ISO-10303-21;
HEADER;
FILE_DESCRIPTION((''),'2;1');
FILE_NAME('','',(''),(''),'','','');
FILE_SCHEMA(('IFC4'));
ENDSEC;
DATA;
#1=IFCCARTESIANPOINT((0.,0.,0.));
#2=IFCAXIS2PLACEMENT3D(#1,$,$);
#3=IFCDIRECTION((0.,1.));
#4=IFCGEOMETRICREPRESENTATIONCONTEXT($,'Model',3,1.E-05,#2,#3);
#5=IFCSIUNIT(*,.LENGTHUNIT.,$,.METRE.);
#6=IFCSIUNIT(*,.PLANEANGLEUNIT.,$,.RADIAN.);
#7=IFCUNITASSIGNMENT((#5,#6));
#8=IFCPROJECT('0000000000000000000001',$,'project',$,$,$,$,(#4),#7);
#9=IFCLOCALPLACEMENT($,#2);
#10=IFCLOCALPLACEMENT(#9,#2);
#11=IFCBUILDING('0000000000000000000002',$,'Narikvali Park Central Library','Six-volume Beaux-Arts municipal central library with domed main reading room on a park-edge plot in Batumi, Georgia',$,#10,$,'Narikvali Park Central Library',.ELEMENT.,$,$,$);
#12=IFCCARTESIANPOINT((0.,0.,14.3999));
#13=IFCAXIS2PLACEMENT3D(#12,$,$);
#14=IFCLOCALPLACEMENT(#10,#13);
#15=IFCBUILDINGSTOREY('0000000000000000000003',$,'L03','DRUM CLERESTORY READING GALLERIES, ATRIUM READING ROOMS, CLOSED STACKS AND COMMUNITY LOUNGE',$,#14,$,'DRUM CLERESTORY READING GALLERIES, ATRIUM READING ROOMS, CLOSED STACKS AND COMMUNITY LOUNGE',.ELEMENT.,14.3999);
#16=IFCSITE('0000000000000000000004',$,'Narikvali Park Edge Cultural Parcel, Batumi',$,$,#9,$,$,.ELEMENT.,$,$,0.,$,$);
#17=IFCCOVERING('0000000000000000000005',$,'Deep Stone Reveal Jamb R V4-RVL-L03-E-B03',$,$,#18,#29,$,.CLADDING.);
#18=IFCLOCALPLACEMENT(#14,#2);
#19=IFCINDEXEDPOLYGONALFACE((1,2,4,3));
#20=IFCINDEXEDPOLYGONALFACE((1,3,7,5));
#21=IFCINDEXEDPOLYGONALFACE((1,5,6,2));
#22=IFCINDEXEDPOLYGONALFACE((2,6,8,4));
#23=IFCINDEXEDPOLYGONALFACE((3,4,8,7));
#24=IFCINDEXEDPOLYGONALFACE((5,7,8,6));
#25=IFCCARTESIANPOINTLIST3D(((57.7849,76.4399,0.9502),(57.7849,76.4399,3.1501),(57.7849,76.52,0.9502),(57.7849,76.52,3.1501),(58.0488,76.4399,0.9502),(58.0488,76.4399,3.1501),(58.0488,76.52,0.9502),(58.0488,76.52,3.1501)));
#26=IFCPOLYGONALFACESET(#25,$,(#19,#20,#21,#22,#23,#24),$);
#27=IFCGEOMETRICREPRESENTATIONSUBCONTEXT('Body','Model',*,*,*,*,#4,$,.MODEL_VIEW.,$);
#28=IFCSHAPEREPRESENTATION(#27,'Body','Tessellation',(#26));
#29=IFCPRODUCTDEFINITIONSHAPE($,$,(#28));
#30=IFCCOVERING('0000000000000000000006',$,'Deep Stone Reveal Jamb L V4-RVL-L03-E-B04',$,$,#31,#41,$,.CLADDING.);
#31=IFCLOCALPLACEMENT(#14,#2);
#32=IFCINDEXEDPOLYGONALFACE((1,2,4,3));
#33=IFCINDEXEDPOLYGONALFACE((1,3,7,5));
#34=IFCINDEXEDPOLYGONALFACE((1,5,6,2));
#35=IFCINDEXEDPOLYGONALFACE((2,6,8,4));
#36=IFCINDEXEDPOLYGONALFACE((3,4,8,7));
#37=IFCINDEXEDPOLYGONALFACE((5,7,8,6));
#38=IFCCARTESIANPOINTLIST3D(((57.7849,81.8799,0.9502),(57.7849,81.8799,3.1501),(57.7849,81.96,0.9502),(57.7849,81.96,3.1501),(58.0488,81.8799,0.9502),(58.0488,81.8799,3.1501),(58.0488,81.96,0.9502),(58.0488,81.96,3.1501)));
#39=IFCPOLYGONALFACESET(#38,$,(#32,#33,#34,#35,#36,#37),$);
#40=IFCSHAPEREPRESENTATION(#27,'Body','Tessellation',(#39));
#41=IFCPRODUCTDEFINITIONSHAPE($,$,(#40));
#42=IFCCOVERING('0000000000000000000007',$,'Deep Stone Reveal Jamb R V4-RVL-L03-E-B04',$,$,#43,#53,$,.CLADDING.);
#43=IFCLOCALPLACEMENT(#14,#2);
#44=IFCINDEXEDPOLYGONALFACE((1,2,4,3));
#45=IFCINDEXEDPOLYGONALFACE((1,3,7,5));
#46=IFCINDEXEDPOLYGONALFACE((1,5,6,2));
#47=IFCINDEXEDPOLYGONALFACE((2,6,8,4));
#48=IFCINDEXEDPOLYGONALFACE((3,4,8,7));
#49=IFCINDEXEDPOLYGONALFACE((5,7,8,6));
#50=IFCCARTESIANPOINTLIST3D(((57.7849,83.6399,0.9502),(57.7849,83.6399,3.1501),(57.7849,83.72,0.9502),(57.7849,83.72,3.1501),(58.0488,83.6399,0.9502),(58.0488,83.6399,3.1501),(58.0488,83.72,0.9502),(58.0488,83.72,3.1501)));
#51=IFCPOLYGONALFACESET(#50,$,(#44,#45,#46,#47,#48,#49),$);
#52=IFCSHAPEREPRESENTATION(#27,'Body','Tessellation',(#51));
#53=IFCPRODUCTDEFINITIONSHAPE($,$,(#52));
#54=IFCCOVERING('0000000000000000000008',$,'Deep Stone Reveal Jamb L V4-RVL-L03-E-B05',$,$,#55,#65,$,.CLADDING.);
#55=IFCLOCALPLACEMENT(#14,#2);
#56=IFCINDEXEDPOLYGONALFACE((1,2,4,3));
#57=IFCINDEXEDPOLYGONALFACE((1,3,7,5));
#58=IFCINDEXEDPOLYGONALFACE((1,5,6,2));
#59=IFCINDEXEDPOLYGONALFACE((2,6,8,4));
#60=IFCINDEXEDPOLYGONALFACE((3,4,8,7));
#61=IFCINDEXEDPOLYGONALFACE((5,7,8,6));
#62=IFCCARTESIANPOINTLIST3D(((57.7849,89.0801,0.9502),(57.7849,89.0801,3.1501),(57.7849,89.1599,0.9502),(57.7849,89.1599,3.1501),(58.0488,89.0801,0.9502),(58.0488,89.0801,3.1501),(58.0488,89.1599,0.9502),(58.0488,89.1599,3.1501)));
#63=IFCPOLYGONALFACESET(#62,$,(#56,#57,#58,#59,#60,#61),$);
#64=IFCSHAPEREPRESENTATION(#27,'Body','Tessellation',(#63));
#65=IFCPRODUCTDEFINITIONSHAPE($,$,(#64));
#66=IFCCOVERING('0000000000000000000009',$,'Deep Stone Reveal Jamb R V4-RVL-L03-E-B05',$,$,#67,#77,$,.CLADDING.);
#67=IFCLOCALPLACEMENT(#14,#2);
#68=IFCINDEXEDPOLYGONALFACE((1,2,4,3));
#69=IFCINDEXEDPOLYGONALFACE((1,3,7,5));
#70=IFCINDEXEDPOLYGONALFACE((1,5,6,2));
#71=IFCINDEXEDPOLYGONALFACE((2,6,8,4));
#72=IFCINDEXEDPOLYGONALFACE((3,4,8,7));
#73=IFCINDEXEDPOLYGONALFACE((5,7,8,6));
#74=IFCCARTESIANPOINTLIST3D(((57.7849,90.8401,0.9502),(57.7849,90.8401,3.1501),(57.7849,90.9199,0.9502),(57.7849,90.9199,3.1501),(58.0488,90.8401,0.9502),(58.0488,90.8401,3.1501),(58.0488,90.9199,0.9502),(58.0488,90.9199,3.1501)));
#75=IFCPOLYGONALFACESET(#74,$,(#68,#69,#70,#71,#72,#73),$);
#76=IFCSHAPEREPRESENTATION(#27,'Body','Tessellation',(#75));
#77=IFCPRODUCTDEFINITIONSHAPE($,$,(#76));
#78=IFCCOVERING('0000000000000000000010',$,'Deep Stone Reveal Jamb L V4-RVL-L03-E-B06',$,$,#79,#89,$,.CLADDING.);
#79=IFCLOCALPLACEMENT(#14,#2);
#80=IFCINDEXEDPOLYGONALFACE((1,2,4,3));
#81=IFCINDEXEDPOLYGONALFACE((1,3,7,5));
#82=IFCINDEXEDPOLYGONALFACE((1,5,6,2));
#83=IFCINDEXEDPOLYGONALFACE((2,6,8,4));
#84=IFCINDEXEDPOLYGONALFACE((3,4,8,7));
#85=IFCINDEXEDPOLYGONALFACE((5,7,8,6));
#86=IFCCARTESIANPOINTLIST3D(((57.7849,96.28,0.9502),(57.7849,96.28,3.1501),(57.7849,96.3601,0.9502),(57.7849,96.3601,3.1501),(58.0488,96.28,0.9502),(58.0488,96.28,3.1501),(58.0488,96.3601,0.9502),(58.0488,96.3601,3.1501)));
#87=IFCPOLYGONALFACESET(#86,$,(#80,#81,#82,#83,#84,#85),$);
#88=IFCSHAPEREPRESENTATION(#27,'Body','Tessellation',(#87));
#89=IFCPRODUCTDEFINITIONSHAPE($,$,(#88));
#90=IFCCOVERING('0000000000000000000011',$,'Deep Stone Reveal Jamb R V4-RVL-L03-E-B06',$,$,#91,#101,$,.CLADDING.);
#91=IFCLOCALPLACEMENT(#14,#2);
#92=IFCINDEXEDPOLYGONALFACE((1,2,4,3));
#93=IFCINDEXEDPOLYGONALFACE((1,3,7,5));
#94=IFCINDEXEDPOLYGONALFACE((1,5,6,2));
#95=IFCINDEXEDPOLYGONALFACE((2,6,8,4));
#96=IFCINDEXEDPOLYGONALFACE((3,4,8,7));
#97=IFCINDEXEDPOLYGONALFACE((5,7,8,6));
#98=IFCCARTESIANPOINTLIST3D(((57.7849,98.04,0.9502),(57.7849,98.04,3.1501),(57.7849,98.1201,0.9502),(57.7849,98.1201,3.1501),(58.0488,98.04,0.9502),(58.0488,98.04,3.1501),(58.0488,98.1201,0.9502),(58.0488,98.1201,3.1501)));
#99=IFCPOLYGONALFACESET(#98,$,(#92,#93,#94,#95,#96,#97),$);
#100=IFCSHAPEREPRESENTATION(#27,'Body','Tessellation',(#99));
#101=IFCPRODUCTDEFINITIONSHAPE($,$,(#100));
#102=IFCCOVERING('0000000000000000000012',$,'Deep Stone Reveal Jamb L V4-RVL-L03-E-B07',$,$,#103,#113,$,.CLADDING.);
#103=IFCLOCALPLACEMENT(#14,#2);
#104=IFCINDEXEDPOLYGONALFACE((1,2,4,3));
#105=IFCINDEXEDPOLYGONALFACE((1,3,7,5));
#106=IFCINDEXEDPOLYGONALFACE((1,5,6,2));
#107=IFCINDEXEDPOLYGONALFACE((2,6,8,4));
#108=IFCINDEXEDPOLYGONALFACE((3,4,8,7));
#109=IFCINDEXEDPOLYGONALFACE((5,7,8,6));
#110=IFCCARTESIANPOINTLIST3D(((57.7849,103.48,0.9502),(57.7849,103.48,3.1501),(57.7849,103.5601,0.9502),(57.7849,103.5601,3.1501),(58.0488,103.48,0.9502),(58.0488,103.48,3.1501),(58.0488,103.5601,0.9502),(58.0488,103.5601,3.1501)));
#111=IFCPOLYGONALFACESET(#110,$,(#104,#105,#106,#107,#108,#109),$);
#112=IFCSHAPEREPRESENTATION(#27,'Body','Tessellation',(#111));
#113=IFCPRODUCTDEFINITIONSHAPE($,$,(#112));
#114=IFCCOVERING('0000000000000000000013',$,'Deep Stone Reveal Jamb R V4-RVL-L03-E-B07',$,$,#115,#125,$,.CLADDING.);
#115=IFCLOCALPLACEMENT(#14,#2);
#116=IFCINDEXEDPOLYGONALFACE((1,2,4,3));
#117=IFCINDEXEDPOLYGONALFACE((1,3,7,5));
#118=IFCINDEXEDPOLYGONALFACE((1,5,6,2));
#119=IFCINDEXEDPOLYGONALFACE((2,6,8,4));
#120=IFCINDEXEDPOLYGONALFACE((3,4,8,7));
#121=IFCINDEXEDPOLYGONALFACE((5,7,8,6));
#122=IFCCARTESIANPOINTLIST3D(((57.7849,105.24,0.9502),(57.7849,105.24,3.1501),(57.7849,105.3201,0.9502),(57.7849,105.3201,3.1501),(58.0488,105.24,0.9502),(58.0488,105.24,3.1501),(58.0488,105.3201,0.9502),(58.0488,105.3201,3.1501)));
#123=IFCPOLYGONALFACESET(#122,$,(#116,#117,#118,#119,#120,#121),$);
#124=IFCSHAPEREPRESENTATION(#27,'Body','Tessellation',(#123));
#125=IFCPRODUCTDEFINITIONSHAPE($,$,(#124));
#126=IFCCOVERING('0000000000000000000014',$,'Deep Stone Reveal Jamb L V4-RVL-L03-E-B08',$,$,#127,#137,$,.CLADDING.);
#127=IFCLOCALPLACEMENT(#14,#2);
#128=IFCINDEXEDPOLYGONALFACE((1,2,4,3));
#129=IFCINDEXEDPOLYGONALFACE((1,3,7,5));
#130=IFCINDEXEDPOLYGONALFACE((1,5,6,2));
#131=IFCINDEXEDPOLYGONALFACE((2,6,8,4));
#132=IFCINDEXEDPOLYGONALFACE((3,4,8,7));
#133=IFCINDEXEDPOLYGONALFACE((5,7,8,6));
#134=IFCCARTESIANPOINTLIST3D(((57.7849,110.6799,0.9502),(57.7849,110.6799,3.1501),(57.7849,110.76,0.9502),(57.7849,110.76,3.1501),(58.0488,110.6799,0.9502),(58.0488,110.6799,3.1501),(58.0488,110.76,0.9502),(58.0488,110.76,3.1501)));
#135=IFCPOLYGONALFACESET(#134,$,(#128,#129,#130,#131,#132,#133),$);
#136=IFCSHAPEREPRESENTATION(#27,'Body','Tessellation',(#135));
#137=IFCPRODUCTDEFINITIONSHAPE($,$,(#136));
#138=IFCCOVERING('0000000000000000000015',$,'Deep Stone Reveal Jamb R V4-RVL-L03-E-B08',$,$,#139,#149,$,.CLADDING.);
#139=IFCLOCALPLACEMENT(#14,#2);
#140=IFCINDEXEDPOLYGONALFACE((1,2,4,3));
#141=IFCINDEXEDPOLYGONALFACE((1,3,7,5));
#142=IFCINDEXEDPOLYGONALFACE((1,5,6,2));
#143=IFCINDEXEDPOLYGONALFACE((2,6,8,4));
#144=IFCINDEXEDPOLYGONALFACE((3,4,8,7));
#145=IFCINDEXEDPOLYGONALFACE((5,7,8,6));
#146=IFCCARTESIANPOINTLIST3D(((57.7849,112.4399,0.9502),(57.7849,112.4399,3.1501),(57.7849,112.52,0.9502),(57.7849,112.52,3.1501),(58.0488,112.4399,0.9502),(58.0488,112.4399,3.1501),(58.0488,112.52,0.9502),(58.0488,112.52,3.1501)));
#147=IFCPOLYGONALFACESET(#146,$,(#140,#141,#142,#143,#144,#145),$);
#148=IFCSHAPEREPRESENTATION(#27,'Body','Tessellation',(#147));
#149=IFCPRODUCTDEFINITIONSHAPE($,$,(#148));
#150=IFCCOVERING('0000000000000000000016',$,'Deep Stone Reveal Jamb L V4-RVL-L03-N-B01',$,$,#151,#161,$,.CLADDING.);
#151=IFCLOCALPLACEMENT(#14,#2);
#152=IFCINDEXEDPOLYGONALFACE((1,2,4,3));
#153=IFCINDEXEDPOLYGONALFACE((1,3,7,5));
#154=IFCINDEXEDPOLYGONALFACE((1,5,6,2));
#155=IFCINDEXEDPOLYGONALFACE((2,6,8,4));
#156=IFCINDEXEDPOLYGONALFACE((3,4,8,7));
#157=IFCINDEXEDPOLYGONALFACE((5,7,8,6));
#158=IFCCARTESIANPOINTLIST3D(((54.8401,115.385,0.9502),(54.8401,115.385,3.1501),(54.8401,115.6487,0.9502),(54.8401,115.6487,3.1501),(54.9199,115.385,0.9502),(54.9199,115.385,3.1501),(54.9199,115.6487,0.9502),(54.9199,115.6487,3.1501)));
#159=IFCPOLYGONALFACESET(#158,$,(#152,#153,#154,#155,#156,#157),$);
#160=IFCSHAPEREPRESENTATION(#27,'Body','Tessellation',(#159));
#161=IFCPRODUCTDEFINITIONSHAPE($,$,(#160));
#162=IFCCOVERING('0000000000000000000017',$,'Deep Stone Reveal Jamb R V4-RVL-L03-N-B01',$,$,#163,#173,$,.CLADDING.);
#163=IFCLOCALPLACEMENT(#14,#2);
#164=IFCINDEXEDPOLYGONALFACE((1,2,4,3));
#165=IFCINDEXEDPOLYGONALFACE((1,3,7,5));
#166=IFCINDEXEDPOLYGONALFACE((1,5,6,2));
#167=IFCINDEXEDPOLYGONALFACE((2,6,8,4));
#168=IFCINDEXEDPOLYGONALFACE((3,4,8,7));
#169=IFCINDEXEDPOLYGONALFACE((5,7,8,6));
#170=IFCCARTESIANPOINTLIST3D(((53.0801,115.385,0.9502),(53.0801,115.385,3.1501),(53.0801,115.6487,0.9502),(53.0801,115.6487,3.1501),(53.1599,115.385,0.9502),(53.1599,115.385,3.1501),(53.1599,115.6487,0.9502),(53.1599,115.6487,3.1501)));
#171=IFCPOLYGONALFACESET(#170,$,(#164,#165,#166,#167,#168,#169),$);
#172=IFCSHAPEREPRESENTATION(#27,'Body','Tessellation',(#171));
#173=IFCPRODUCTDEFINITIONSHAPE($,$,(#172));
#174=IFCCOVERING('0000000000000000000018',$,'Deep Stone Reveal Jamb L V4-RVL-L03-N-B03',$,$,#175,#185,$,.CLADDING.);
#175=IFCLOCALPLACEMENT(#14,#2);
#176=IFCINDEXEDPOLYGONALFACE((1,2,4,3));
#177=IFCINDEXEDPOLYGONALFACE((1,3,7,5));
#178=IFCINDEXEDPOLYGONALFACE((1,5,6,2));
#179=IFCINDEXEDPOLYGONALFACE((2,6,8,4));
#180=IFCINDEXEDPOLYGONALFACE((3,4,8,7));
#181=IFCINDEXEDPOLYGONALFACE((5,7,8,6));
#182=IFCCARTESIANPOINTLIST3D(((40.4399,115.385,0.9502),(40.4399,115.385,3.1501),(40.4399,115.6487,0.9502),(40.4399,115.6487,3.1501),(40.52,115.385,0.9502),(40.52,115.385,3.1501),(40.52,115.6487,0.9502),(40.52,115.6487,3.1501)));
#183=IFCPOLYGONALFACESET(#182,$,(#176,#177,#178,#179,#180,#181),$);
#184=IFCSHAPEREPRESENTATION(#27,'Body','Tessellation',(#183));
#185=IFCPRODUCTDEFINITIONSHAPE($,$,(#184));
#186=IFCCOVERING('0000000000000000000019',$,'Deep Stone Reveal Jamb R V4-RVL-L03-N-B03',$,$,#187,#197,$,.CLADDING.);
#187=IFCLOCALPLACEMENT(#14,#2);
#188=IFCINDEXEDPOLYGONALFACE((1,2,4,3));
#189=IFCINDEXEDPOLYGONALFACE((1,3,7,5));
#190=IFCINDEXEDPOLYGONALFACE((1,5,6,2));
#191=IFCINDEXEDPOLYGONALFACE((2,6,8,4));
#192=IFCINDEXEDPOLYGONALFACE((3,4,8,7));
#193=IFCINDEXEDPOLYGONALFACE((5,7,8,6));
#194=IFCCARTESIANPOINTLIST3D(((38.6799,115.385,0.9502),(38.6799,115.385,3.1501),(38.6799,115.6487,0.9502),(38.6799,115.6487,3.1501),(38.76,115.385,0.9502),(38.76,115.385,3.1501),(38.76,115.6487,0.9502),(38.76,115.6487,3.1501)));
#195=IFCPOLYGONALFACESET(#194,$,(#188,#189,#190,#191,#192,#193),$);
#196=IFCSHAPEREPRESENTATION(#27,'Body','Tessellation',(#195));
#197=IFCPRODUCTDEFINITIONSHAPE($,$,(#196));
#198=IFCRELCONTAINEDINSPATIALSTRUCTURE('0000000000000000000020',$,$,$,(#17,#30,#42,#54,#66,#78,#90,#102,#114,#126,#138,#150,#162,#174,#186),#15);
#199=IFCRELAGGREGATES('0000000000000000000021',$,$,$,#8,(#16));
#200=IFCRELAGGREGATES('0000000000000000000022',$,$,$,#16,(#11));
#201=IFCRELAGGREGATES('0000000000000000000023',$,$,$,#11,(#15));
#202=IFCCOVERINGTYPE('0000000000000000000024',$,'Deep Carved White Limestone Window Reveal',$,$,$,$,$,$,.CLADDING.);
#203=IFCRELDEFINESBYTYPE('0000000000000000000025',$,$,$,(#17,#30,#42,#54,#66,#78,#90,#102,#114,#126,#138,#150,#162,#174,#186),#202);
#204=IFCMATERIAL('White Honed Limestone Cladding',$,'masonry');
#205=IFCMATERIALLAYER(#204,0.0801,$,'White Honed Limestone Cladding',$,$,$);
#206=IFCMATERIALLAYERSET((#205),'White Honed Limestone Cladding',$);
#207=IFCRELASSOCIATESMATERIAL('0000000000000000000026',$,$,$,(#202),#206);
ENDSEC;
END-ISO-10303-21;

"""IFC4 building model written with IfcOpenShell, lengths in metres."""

from ifc_helpers import new_model, si_unit, direction, frame, origin, place, context, subcontext, project, spatial, polyline, outline, extrude, material, layer, layer_set, type_object, element, save


model = new_model("IFC4")

# Units and contexts
model_context = context("Model", 3, precision=1e-05, world=origin(), true_north=direction((0.0, 1.0)))
body_context = subcontext(model_context, "Body", "Model", "MODEL_VIEW")
ifc_project = project(units=[si_unit("LENGTHUNIT", "METRE"), si_unit("PLANEANGLEUNIT", "RADIAN")], contexts=[model_context])

# Site, building, storey
site_placement = place(None, origin())
site = spatial("IfcSite", under=ifc_project, at=site_placement, Name="Narikvali Park Edge Cultural Parcel, Batumi", CompositionType="ELEMENT", RefElevation=0.0)
building_placement = place(site_placement, origin())
building = spatial("IfcBuilding", under=site, at=building_placement, Name="Narikvali Park Central Library", Description="Six-volume Beaux-Arts municipal central library with domed main reading room on a park-edge plot in Batumi, Georgia", LongName="Narikvali Park Central Library", CompositionType="ELEMENT")
storey_placement = place(building_placement, frame((0.0, 0.0, 14.3999)))
storey = spatial("IfcBuildingStorey", under=building, at=storey_placement, Name="L03", Description="DRUM CLERESTORY READING GALLERIES, ATRIUM READING ROOMS, CLOSED STACKS AND COMMUNITY LOUNGE", LongName="DRUM CLERESTORY READING GALLERIES, ATRIUM READING ROOMS, CLOSED STACKS AND COMMUNITY LOUNGE", CompositionType="ELEMENT", Elevation=14.3999)

# Coverings
ifc_material = material(Name="White Honed Limestone Cladding", Category="masonry")
ifc_layer = layer(ifc_material, 0.0801, Name="White Honed Limestone Cladding")
ifc_layer_set = layer_set([ifc_layer], Name="White Honed Limestone Cladding")
covering_type = type_object("IfcCoveringType", Name="Deep Carved White Limestone Window Reveal", PredefinedType="CLADDING", material=ifc_layer_set)
covering_1_placement = place(storey_placement, frame((0.0, 0.0, 0.9502)))
element("IfcCovering", 1, at=covering_1_placement, inside=storey, type_object=covering_type, Name="Deep Stone Reveal Jamb R V4-RVL-L03-E-B03", PredefinedType="CLADDING", context=body_context, shape_type="SweptSolid", body=[
    extrude(outline(polyline([(57.7849, 76.4399), (57.7849, 76.52), (58.0488, 76.52), (58.0488, 76.4399), (57.7849, 76.4399)])), origin(), (0.0, 0.0, 1.0), 2.2),
])
covering_2_placement = place(storey_placement, frame((0.0, 0.0, 0.9502)))
element("IfcCovering", 2, at=covering_2_placement, inside=storey, type_object=covering_type, Name="Deep Stone Reveal Jamb L V4-RVL-L03-E-B04", PredefinedType="CLADDING", context=body_context, shape_type="SweptSolid", body=[
    extrude(outline(polyline([(57.7849, 81.8799), (57.7849, 81.96), (58.0488, 81.96), (58.0488, 81.8799), (57.7849, 81.8799)])), origin(), (0.0, 0.0, 1.0), 2.2),
])
covering_3_placement = place(storey_placement, frame((0.0, 0.0, 0.9502)))
element("IfcCovering", 3, at=covering_3_placement, inside=storey, type_object=covering_type, Name="Deep Stone Reveal Jamb R V4-RVL-L03-E-B04", PredefinedType="CLADDING", context=body_context, shape_type="SweptSolid", body=[
    extrude(outline(polyline([(57.7849, 83.6399), (57.7849, 83.72), (58.0488, 83.72), (58.0488, 83.6399), (57.7849, 83.6399)])), origin(), (0.0, 0.0, 1.0), 2.2),
])
covering_4_placement = place(storey_placement, frame((0.0, 0.0, 0.9502)))
element("IfcCovering", 4, at=covering_4_placement, inside=storey, type_object=covering_type, Name="Deep Stone Reveal Jamb L V4-RVL-L03-E-B05", PredefinedType="CLADDING", context=body_context, shape_type="SweptSolid", body=[
    extrude(outline(polyline([(57.7849, 89.0801), (57.7849, 89.1599), (58.0488, 89.1599), (58.0488, 89.0801), (57.7849, 89.0801)])), origin(), (0.0, 0.0, 1.0), 2.2),
])
covering_5_placement = place(storey_placement, frame((0.0, 0.0, 0.9502)))
element("IfcCovering", 5, at=covering_5_placement, inside=storey, type_object=covering_type, Name="Deep Stone Reveal Jamb R V4-RVL-L03-E-B05", PredefinedType="CLADDING", context=body_context, shape_type="SweptSolid", body=[
    extrude(outline(polyline([(57.7849, 90.8401), (57.7849, 90.9199), (58.0488, 90.9199), (58.0488, 90.8401), (57.7849, 90.8401)])), origin(), (0.0, 0.0, 1.0), 2.2),
])
covering_6_placement = place(storey_placement, frame((0.0, 0.0, 0.9502)))
element("IfcCovering", 6, at=covering_6_placement, inside=storey, type_object=covering_type, Name="Deep Stone Reveal Jamb L V4-RVL-L03-E-B06", PredefinedType="CLADDING", context=body_context, shape_type="SweptSolid", body=[
    extrude(outline(polyline([(57.7849, 96.28), (57.7849, 96.3601), (58.0488, 96.3601), (58.0488, 96.28), (57.7849, 96.28)])), origin(), (0.0, 0.0, 1.0), 2.2),
])
covering_7_placement = place(storey_placement, frame((0.0, 0.0, 0.9502)))
element("IfcCovering", 7, at=covering_7_placement, inside=storey, type_object=covering_type, Name="Deep Stone Reveal Jamb R V4-RVL-L03-E-B06", PredefinedType="CLADDING", context=body_context, shape_type="SweptSolid", body=[
    extrude(outline(polyline([(57.7849, 98.04), (57.7849, 98.1201), (58.0488, 98.1201), (58.0488, 98.04), (57.7849, 98.04)])), origin(), (0.0, 0.0, 1.0), 2.2),
])
covering_8_placement = place(storey_placement, frame((0.0, 0.0, 0.9502)))
element("IfcCovering", 8, at=covering_8_placement, inside=storey, type_object=covering_type, Name="Deep Stone Reveal Jamb L V4-RVL-L03-E-B07", PredefinedType="CLADDING", context=body_context, shape_type="SweptSolid", body=[
    extrude(outline(polyline([(57.7849, 103.48), (57.7849, 103.5601), (58.0488, 103.5601), (58.0488, 103.48), (57.7849, 103.48)])), origin(), (0.0, 0.0, 1.0), 2.2),
])
covering_9_placement = place(storey_placement, frame((0.0, 0.0, 0.9502)))
element("IfcCovering", 9, at=covering_9_placement, inside=storey, type_object=covering_type, Name="Deep Stone Reveal Jamb R V4-RVL-L03-E-B07", PredefinedType="CLADDING", context=body_context, shape_type="SweptSolid", body=[
    extrude(outline(polyline([(57.7849, 105.24), (57.7849, 105.3201), (58.0488, 105.3201), (58.0488, 105.24), (57.7849, 105.24)])), origin(), (0.0, 0.0, 1.0), 2.2),
])
covering_10_placement = place(storey_placement, frame((0.0, 0.0, 0.9502)))
element("IfcCovering", 10, at=covering_10_placement, inside=storey, type_object=covering_type, Name="Deep Stone Reveal Jamb L V4-RVL-L03-E-B08", PredefinedType="CLADDING", context=body_context, shape_type="SweptSolid", body=[
    extrude(outline(polyline([(57.7849, 110.6799), (57.7849, 110.76), (58.0488, 110.76), (58.0488, 110.6799), (57.7849, 110.6799)])), origin(), (0.0, 0.0, 1.0), 2.2),
])
covering_11_placement = place(storey_placement, frame((0.0, 0.0, 0.9502)))
element("IfcCovering", 11, at=covering_11_placement, inside=storey, type_object=covering_type, Name="Deep Stone Reveal Jamb R V4-RVL-L03-E-B08", PredefinedType="CLADDING", context=body_context, shape_type="SweptSolid", body=[
    extrude(outline(polyline([(57.7849, 112.4399), (57.7849, 112.52), (58.0488, 112.52), (58.0488, 112.4399), (57.7849, 112.4399)])), origin(), (0.0, 0.0, 1.0), 2.2),
])
covering_12_placement = place(storey_placement, frame((0.0, 0.0, 0.9502)))
element("IfcCovering", 12, at=covering_12_placement, inside=storey, type_object=covering_type, Name="Deep Stone Reveal Jamb L V4-RVL-L03-N-B01", PredefinedType="CLADDING", context=body_context, shape_type="SweptSolid", body=[
    extrude(outline(polyline([(54.9199, 115.385), (54.8401, 115.385), (54.8401, 115.6487), (54.9199, 115.6487), (54.9199, 115.385)])), origin(), (0.0, 0.0, 1.0), 2.2),
])
covering_13_placement = place(storey_placement, frame((0.0, 0.0, 0.9502)))
element("IfcCovering", 13, at=covering_13_placement, inside=storey, type_object=covering_type, Name="Deep Stone Reveal Jamb R V4-RVL-L03-N-B01", PredefinedType="CLADDING", context=body_context, shape_type="SweptSolid", body=[
    extrude(outline(polyline([(53.1599, 115.385), (53.0801, 115.385), (53.0801, 115.6487), (53.1599, 115.6487), (53.1599, 115.385)])), origin(), (0.0, 0.0, 1.0), 2.2),
])
covering_14_placement = place(storey_placement, frame((0.0, 0.0, 0.9502)))
element("IfcCovering", 14, at=covering_14_placement, inside=storey, type_object=covering_type, Name="Deep Stone Reveal Jamb L V4-RVL-L03-N-B03", PredefinedType="CLADDING", context=body_context, shape_type="SweptSolid", body=[
    extrude(outline(polyline([(40.52, 115.385), (40.4399, 115.385), (40.4399, 115.6487), (40.52, 115.6487), (40.52, 115.385)])), origin(), (0.0, 0.0, 1.0), 2.2),
])
covering_15_placement = place(storey_placement, frame((0.0, 0.0, 0.9502)))
element("IfcCovering", 15, at=covering_15_placement, inside=storey, type_object=covering_type, Name="Deep Stone Reveal Jamb R V4-RVL-L03-N-B03", PredefinedType="CLADDING", context=body_context, shape_type="SweptSolid", body=[
    extrude(outline(polyline([(38.76, 115.385), (38.6799, 115.385), (38.6799, 115.6487), (38.76, 115.6487), (38.76, 115.385)])), origin(), (0.0, 0.0, 1.0), 2.2),
])

save(model, "model.ifc")
